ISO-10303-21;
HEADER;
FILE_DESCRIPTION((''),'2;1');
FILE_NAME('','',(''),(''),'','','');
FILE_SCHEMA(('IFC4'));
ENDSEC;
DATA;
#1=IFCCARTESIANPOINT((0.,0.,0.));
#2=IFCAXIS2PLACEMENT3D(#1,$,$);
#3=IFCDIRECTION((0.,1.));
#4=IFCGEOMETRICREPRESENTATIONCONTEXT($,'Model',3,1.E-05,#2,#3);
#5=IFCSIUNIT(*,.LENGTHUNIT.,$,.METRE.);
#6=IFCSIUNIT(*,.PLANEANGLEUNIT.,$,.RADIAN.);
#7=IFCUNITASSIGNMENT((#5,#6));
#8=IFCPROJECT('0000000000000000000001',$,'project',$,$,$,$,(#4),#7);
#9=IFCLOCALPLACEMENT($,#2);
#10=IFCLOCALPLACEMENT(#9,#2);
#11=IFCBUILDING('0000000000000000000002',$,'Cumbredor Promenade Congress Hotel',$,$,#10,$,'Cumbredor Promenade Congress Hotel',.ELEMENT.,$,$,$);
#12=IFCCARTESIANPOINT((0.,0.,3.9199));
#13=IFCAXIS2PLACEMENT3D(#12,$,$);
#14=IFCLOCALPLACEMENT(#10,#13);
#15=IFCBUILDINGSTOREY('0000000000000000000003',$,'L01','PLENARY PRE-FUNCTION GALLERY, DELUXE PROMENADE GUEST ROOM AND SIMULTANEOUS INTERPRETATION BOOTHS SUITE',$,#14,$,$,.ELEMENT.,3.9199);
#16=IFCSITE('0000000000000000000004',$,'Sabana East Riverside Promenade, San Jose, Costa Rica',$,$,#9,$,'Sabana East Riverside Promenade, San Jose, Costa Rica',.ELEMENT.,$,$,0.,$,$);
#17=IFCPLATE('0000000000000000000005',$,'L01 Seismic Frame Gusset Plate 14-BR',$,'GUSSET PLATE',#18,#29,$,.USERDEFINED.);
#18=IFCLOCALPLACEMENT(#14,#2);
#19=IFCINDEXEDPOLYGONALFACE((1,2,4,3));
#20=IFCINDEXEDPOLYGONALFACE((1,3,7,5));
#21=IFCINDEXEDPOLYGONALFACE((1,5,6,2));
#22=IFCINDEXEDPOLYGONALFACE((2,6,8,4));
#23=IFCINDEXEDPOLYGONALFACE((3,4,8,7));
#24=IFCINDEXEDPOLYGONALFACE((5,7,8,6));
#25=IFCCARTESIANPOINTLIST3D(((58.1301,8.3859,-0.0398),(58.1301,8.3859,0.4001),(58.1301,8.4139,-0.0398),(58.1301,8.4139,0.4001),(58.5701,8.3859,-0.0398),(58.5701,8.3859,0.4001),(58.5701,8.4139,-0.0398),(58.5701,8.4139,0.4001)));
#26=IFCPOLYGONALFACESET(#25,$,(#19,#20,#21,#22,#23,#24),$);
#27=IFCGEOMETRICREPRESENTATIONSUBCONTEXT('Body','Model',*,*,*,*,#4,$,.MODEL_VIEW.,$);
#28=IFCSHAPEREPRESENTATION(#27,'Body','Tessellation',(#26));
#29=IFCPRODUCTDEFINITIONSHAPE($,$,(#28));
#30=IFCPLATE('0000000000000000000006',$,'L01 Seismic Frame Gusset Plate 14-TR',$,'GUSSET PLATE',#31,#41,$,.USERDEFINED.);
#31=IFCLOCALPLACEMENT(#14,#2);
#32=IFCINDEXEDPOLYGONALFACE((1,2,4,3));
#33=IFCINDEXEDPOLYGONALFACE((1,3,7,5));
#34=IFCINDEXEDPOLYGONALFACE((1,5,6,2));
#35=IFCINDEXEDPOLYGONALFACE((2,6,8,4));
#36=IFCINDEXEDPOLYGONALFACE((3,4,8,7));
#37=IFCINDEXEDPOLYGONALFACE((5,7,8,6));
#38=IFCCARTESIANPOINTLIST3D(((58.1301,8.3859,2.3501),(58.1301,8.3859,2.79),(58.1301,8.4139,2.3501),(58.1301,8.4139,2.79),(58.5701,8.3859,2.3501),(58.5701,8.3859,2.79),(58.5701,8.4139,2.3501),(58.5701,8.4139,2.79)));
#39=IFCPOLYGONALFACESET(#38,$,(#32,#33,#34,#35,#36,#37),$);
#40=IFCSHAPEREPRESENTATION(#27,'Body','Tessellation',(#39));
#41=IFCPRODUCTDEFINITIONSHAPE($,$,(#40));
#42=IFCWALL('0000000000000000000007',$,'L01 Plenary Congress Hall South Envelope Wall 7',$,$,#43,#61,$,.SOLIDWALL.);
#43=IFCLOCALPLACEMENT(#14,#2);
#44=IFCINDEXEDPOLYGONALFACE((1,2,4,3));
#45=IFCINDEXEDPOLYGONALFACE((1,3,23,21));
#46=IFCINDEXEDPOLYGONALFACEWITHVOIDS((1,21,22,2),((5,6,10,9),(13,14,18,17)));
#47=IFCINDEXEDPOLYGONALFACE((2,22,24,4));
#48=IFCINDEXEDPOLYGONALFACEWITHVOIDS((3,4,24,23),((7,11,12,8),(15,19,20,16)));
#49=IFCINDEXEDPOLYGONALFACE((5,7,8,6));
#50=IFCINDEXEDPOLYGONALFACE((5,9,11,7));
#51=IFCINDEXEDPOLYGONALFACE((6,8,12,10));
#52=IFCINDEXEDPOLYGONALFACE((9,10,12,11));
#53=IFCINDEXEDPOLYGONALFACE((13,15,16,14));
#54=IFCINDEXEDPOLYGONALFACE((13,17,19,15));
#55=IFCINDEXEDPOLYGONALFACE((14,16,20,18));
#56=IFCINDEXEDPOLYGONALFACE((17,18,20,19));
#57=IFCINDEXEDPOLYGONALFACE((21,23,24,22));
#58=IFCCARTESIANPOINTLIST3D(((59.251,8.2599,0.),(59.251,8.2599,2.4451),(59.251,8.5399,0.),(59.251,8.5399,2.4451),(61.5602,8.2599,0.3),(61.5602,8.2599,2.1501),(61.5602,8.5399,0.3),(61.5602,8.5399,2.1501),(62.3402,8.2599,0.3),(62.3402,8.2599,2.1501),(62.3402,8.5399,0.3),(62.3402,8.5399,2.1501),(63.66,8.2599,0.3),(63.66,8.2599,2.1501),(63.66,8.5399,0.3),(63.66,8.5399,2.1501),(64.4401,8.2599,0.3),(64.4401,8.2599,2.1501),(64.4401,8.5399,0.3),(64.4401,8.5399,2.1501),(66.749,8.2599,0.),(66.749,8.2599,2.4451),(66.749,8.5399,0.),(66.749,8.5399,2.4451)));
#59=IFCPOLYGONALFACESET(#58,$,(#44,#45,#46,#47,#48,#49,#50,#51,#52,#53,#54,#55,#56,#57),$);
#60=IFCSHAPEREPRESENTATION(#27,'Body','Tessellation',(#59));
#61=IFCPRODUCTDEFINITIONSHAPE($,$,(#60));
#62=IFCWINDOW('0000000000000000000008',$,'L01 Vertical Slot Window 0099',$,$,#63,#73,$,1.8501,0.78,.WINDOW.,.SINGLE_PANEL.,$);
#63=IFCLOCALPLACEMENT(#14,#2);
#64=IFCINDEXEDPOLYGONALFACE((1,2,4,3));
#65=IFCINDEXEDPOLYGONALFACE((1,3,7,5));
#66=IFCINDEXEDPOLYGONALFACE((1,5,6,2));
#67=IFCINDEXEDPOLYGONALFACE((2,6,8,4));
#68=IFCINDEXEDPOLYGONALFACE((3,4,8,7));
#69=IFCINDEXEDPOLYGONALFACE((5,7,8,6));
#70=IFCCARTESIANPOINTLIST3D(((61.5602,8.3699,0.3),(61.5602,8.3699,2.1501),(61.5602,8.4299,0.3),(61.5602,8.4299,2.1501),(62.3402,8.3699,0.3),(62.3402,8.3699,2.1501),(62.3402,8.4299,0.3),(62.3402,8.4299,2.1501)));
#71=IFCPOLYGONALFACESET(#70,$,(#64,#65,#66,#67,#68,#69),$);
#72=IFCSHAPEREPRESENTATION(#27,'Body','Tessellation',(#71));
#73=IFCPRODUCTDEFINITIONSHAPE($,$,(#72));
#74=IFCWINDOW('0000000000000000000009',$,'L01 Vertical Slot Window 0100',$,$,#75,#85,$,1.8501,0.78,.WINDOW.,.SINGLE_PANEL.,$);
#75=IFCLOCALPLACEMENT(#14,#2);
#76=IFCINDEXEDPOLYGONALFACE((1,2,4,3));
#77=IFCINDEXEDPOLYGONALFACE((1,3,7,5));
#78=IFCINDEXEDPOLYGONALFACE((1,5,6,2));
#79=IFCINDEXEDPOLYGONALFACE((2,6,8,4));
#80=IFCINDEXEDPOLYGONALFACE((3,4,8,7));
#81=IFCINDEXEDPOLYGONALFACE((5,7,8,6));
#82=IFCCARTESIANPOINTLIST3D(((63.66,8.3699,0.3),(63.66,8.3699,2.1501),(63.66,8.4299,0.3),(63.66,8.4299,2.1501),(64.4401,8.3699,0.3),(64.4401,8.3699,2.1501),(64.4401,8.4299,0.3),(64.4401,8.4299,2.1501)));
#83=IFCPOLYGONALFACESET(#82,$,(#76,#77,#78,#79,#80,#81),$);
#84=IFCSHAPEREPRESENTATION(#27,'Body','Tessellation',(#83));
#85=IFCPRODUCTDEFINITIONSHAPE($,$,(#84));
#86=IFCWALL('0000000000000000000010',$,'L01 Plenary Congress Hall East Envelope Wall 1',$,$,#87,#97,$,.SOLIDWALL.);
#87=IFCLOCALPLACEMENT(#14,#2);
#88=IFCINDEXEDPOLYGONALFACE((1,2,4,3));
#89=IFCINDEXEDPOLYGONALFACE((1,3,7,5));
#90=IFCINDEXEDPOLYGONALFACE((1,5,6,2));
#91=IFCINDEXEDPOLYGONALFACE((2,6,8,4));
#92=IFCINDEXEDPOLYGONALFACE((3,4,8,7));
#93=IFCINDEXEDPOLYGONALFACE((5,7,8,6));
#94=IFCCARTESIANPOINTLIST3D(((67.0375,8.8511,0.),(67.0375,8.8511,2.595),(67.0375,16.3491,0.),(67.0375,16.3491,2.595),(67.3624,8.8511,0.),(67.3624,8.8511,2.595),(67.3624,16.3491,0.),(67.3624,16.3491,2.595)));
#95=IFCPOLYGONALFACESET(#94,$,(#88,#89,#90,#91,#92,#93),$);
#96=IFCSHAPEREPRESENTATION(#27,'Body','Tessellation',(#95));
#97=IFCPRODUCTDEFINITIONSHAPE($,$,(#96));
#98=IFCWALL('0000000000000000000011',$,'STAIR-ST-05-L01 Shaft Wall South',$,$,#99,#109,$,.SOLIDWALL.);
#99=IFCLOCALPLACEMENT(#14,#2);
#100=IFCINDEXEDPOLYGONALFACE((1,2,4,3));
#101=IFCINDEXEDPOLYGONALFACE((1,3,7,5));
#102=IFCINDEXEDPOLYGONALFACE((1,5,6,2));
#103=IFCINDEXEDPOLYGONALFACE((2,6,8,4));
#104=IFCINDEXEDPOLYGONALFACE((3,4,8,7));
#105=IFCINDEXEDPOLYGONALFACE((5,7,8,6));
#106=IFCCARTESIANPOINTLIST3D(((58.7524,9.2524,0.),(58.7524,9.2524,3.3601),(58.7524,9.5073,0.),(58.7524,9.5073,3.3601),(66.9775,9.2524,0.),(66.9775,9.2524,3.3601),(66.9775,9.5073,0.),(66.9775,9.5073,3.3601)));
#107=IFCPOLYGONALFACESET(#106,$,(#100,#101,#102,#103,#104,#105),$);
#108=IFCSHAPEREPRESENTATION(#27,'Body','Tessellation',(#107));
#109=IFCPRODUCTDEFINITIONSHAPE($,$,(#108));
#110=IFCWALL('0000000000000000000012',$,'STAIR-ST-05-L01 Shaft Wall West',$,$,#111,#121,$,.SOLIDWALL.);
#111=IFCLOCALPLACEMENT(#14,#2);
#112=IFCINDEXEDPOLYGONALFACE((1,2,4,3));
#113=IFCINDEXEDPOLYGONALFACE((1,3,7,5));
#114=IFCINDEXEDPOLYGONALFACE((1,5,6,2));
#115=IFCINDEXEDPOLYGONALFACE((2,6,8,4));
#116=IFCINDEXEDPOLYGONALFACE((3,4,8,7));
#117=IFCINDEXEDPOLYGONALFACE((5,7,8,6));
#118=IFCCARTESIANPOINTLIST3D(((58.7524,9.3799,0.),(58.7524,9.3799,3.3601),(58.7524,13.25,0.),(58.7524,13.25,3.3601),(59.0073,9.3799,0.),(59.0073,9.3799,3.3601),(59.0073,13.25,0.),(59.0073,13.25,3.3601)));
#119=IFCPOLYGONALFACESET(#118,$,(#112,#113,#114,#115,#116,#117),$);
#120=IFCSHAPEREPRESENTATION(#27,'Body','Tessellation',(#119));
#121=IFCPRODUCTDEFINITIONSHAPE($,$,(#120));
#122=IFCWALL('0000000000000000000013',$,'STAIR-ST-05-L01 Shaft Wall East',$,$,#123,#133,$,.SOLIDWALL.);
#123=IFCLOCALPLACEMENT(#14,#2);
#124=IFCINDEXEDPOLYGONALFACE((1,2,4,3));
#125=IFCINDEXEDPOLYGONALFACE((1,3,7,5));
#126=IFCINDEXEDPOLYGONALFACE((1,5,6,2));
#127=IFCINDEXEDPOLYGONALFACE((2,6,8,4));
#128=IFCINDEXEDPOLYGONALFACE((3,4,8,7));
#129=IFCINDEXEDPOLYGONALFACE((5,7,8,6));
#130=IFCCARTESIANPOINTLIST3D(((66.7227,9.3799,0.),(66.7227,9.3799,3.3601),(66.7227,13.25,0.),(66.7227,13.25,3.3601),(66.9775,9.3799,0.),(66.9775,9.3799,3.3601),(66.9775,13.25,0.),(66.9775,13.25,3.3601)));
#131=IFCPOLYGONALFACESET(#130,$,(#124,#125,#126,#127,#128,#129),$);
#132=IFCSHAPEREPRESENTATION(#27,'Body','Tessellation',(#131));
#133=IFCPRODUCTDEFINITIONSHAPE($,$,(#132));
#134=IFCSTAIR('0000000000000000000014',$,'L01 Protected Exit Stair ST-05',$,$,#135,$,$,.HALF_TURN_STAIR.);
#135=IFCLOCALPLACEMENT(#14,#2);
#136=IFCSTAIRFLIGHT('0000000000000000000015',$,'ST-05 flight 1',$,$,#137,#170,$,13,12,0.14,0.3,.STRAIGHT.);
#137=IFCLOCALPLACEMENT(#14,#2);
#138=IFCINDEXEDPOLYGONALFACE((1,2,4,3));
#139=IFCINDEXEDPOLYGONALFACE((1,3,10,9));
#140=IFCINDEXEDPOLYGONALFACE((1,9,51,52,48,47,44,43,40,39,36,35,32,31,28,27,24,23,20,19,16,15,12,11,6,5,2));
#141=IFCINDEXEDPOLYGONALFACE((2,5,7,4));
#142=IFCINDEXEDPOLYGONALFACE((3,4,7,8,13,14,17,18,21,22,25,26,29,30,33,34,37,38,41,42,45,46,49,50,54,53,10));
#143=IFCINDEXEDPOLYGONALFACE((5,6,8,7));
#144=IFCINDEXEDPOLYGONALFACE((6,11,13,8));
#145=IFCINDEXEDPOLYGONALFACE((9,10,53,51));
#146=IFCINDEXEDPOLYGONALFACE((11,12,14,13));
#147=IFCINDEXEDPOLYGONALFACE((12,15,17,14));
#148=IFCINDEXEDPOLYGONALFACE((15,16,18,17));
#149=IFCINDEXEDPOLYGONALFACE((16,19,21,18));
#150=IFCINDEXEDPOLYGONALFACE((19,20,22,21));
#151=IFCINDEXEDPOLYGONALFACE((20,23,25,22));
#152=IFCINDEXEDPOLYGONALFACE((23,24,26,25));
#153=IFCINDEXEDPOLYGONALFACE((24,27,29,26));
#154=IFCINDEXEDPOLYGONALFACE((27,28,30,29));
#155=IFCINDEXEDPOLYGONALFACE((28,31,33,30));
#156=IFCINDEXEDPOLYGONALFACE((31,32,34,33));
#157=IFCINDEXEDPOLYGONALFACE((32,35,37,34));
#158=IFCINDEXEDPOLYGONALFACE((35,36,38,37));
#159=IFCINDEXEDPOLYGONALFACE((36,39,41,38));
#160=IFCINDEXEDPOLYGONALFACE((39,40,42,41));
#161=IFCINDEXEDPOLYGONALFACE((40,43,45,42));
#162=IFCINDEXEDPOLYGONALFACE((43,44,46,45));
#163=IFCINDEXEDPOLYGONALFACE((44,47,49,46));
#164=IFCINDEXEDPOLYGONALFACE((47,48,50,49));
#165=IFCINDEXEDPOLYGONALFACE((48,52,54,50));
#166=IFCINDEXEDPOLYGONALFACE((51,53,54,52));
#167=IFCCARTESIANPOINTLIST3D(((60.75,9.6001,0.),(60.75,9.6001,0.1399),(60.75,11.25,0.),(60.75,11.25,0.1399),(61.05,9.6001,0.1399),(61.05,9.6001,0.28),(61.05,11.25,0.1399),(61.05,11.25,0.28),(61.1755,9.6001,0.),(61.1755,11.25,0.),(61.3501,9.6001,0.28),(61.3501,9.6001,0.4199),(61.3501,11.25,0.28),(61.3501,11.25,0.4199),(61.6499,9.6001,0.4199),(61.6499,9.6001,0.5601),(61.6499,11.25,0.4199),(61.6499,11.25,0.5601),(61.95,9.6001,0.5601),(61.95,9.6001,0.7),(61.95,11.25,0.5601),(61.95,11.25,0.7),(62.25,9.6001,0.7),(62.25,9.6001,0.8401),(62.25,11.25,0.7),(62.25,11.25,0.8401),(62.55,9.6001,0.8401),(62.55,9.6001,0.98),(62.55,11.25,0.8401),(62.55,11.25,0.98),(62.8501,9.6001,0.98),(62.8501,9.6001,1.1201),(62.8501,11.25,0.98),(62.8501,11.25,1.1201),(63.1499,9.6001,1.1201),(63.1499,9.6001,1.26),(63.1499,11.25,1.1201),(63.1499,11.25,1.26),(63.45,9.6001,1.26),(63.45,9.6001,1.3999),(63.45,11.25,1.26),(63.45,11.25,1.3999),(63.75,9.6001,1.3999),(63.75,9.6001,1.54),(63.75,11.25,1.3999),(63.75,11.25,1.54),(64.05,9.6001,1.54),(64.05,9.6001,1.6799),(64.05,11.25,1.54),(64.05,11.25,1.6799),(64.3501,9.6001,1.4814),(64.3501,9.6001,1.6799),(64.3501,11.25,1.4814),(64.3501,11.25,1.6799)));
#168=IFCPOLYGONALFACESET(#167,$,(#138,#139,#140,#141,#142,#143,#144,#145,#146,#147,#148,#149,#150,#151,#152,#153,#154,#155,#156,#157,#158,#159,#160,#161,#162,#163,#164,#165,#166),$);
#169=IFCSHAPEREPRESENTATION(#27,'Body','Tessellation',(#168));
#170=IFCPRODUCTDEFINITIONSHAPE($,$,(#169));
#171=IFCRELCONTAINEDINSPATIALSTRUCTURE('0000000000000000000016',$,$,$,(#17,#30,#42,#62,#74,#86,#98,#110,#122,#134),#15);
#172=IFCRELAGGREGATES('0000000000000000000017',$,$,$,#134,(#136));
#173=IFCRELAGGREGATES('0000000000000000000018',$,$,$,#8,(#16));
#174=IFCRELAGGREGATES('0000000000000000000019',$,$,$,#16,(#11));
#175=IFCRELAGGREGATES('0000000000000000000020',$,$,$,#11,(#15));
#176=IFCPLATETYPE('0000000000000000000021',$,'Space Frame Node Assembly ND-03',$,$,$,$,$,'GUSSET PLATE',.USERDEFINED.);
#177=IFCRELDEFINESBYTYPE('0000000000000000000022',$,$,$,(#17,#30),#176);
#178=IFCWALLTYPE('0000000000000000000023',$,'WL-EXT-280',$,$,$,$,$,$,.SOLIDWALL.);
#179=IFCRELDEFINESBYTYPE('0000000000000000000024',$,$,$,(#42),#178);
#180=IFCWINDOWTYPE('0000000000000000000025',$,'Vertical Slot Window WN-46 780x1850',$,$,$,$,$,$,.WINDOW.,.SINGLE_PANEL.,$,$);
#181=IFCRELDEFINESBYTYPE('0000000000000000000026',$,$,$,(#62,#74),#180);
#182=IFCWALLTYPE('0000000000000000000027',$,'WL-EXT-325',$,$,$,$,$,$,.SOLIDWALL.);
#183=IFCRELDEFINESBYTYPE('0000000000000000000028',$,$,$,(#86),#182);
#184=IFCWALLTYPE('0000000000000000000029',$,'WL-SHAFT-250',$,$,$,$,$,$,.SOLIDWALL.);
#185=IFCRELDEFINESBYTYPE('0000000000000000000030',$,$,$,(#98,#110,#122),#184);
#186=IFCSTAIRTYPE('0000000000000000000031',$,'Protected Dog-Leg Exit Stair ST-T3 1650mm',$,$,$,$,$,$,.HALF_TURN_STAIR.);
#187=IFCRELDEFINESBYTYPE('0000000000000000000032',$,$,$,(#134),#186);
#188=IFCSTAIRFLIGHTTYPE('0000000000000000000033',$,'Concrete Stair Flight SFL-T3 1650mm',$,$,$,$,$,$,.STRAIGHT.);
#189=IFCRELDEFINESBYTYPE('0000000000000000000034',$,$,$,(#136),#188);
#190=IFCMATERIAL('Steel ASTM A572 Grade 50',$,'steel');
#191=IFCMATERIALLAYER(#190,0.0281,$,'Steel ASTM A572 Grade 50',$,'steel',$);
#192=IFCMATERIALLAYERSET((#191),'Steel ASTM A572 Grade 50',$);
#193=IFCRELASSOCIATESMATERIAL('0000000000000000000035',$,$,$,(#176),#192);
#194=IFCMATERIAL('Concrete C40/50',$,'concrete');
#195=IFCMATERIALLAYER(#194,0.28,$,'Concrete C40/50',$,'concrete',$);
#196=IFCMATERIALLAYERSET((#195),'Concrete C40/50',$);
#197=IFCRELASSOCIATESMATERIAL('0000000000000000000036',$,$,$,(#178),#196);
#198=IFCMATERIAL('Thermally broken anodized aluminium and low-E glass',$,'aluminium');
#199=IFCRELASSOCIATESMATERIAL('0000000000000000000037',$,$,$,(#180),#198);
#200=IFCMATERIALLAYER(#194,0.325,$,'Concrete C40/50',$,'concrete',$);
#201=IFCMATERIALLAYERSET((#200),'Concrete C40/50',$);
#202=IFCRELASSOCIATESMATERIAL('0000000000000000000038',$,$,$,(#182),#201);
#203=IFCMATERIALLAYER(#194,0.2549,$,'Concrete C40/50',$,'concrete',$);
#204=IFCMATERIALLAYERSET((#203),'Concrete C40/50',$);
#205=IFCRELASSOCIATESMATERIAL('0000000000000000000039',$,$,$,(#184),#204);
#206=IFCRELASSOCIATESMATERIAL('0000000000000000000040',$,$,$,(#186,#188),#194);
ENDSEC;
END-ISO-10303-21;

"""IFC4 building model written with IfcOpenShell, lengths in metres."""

from ifc_helpers import new_model, si_unit, direction, frame, frame_2d, origin, origin_2d, place, context, subcontext, project, spatial, polyline, rectangle, outline, extrude, material, layer, layer_set, type_object, element, fill, aggregate, save


model = new_model("IFC4")

# Units and contexts
model_context = context("Model", 3, precision=1e-05, world=origin(), true_north=direction((0.0, 1.0)))
body_context = subcontext(model_context, "Body", "Model", "MODEL_VIEW")
ifc_project = project(units=[si_unit("LENGTHUNIT", "METRE"), si_unit("PLANEANGLEUNIT", "RADIAN")], contexts=[model_context])

# Site, building, storey
site_placement = place(None, origin())
site = spatial("IfcSite", under=ifc_project, at=site_placement, Name="Sabana East Riverside Promenade, San Jose, Costa Rica", LongName="Sabana East Riverside Promenade, San Jose, Costa Rica", CompositionType="ELEMENT", RefElevation=0.0)
building_placement = place(site_placement, origin())
building = spatial("IfcBuilding", under=site, at=building_placement, Name="Cumbredor Promenade Congress Hotel", LongName="Cumbredor Promenade Congress Hotel", CompositionType="ELEMENT")
storey_placement = place(building_placement, frame((0.0, 0.0, 3.9199)))
storey = spatial("IfcBuildingStorey", under=building, at=storey_placement, Name="L01", Description="PLENARY PRE-FUNCTION GALLERY, DELUXE PROMENADE GUEST ROOM AND SIMULTANEOUS INTERPRETATION BOOTHS SUITE", CompositionType="ELEMENT", Elevation=3.9199)

# Shared definitions
ifc_material_1 = material(Name="Concrete C40/50", Category="concrete")

# Shared definitions
ifc_material_2 = material(Name="Thermally broken anodized aluminium and low-E glass", Category="aluminium")

# Plates
ifc_material_3 = material(Name="Steel ASTM A572 Grade 50", Category="steel")
ifc_layer_1 = layer(ifc_material_3, 0.0281, Name="Steel ASTM A572 Grade 50", Category="steel")
ifc_layer_set_1 = layer_set([ifc_layer_1], Name="Steel ASTM A572 Grade 50")
plate_type_1 = type_object("IfcPlateType", Name="Space Frame Node Assembly ND-03", ElementType="GUSSET PLATE", PredefinedType="USERDEFINED", material=ifc_layer_set_1)
for number, where, z_axis, x_axis, name in (
    (1, (58.3501, 8.3999, -0.0398), (0.0, 0.0, 1.0), (1.0, 0.0, 0.0), "L01 Seismic Frame Gusset Plate 14-BR"),
    (2, (58.3501, 8.3999, 2.3501), (0.0, 0.0, 1.0), (1.0, 0.0, 0.0), "L01 Seismic Frame Gusset Plate 14-TR"),
):
    element("IfcPlate", number, at=place(storey_placement, frame(where, z_axis=z_axis, x_axis=x_axis)), inside=storey, type_object=plate_type_1, Name=name, ObjectType="GUSSET PLATE", PredefinedType="USERDEFINED", context=body_context, shape_type="SweptSolid", body=[
        extrude(rectangle(XDim=0.4399, YDim=0.0281, at=origin_2d()), origin(), (0.0, 0.0, 1.0), 0.4399),
    ])

# Wall, openings, windows
ifc_layer_2 = layer(ifc_material_1, 0.28, Name="Concrete C40/50", Category="concrete")
ifc_layer_set_2 = layer_set([ifc_layer_2], Name="Concrete C40/50")
wall_type_1 = type_object("IfcWallType", Name="WL-EXT-280", PredefinedType="SOLIDWALL", material=ifc_layer_set_2)
wall_1_placement = place(storey_placement, frame((59.251, 8.3999, 0.0), z_axis=(0.0, 0.0, 1.0), x_axis=(1.0, 0.0, 0.0)))
wall_1 = element("IfcWall", 3, at=wall_1_placement, inside=storey, type_object=wall_type_1, Name="L01 Plenary Congress Hall South Envelope Wall 7", PredefinedType="SOLIDWALL", context=body_context, shape_type="SweptSolid", body=[
    extrude(rectangle(XDim=7.498, YDim=0.28, at=frame_2d((3.749, 0.0))), origin(), (0.0, 0.0, 1.0), 2.4451),
])
opening_1_placement = place(wall_1_placement, frame((2.3091, 0.0, 0.3)))
opening_1 = element("IfcOpeningElement", 4, at=opening_1_placement, cuts=wall_1, PredefinedType="OPENING", context=body_context, shape_type="SweptSolid", body=[
    extrude(rectangle(XDim=0.78, YDim=1.8501, at=frame_2d((0.3901, 0.925))), frame((0.0, 0.1499, 0.0), z_axis=(0.0, -1.0, 0.0), x_axis=(1.0, 0.0, 0.0)), (0.0, 0.0, 1.0), 0.3),
])
opening_2_placement = place(wall_1_placement, frame((4.4089, 0.0, 0.3)))
opening_2 = element("IfcOpeningElement", 5, at=opening_2_placement, cuts=wall_1, PredefinedType="OPENING", context=body_context, shape_type="SweptSolid", body=[
    extrude(rectangle(XDim=0.78, YDim=1.8501, at=frame_2d((0.3901, 0.925))), frame((0.0, 0.1499, 0.0), z_axis=(0.0, -1.0, 0.0), x_axis=(1.0, 0.0, 0.0)), (0.0, 0.0, 1.0), 0.3),
])
window_type = type_object("IfcWindowType", Name="Vertical Slot Window WN-46 780x1850", PartitioningType="SINGLE_PANEL", PredefinedType="WINDOW", material=ifc_material_2)
window_1_placement = place(opening_1_placement, origin())
window_1 = element("IfcWindow", 6, at=window_1_placement, inside=storey, type_object=window_type, Name="L01 Vertical Slot Window 0099", OverallHeight=1.8501, OverallWidth=0.78, PartitioningType="SINGLE_PANEL", PredefinedType="WINDOW", context=body_context, shape_type="SweptSolid", body=[
    extrude(rectangle(XDim=0.78, YDim=1.8501, at=frame_2d((0.3901, 0.925))), frame((0.0, 0.03, 0.0), z_axis=(0.0, -1.0, 0.0), x_axis=(1.0, 0.0, 0.0)), (0.0, 0.0, 1.0), 0.0601),
])
fill(opening_1, window_1)
window_2_placement = place(opening_2_placement, origin())
window_2 = element("IfcWindow", 7, at=window_2_placement, inside=storey, type_object=window_type, Name="L01 Vertical Slot Window 0100", OverallHeight=1.8501, OverallWidth=0.78, PartitioningType="SINGLE_PANEL", PredefinedType="WINDOW", context=body_context, shape_type="SweptSolid", body=[
    extrude(rectangle(XDim=0.78, YDim=1.8501, at=frame_2d((0.3901, 0.925))), frame((0.0, 0.03, 0.0), z_axis=(0.0, -1.0, 0.0), x_axis=(1.0, 0.0, 0.0)), (0.0, 0.0, 1.0), 0.0601),
])
fill(opening_2, window_2)

# Walls
ifc_layer_3 = layer(ifc_material_1, 0.325, Name="Concrete C40/50", Category="concrete")
ifc_layer_set_3 = layer_set([ifc_layer_3], Name="Concrete C40/50")
wall_type_2 = type_object("IfcWallType", Name="WL-EXT-325", PredefinedType="SOLIDWALL", material=ifc_layer_set_3)
wall_2_placement = place(storey_placement, frame((67.2, 8.8511, 0.0), z_axis=(0.0, 0.0, 1.0), x_axis=(0.0, 1.0, 0.0)))
element("IfcWall", 8, at=wall_2_placement, inside=storey, type_object=wall_type_2, Name="L01 Plenary Congress Hall East Envelope Wall 1", PredefinedType="SOLIDWALL", context=body_context, shape_type="SweptSolid", body=[
    extrude(rectangle(XDim=7.498, YDim=0.325, at=frame_2d((3.749, 0.0))), origin(), (0.0, 0.0, 1.0), 2.595),
])
ifc_layer_4 = layer(ifc_material_1, 0.2549, Name="Concrete C40/50", Category="concrete")
ifc_layer_set_4 = layer_set([ifc_layer_4], Name="Concrete C40/50")
wall_type_3 = type_object("IfcWallType", Name="WL-SHAFT-250", PredefinedType="SOLIDWALL", material=ifc_layer_set_4)
wall_3_placement = place(storey_placement, frame((58.7524, 9.3799, 0.0), z_axis=(0.0, 0.0, 1.0), x_axis=(1.0, 0.0, 0.0)))
element("IfcWall", 9, at=wall_3_placement, inside=storey, type_object=wall_type_3, Name="STAIR-ST-05-L01 Shaft Wall South", PredefinedType="SOLIDWALL", context=body_context, shape_type="SweptSolid", body=[
    extrude(rectangle(XDim=8.2251, YDim=0.2549, at=frame_2d((4.1125, 0.0))), origin(), (0.0, 0.0, 1.0), 3.3601),
])
for number, where, z_axis, x_axis, name in (
    (10, (58.8799, 9.3799, 0.0), (0.0, 0.0, 1.0), (0.0, 1.0, 0.0), "STAIR-ST-05-L01 Shaft Wall West"),
    (11, (66.8501, 9.3799, 0.0), (0.0, 0.0, 1.0), (0.0, 1.0, 0.0), "STAIR-ST-05-L01 Shaft Wall East"),
):
    element("IfcWall", number, at=place(storey_placement, frame(where, z_axis=z_axis, x_axis=x_axis)), inside=storey, type_object=wall_type_3, Name=name, PredefinedType="SOLIDWALL", context=body_context, shape_type="SweptSolid", body=[
        extrude(rectangle(XDim=3.8701, YDim=0.2549, at=frame_2d((1.9351, 0.0))), origin(), (0.0, 0.0, 1.0), 3.3601),
    ])

# Stair, stair flight
stair_type = type_object("IfcStairType", Name="Protected Dog-Leg Exit Stair ST-T3 1650mm", PredefinedType="HALF_TURN_STAIR", material=ifc_material_1)
stair_placement = place(storey_placement, origin())
stair = element("IfcStair", 12, at=stair_placement, inside=storey, type_object=stair_type, Name="L01 Protected Exit Stair ST-05", PredefinedType="HALF_TURN_STAIR")
stair_flight_type = type_object("IfcStairFlightType", Name="Concrete Stair Flight SFL-T3 1650mm", PredefinedType="STRAIGHT", material=ifc_material_1)
stair_flight_placement = place(storey_placement, frame((60.75, 10.425, 0.0), z_axis=(0.0, 0.0, 1.0), x_axis=(1.0, 0.0, 0.0)))
stair_flight = element("IfcStairFlight", 13, at=stair_flight_placement, type_object=stair_flight_type, Name="ST-05 flight 1", NumberOfRisers=13, NumberOfTreads=12, PredefinedType="STRAIGHT", RiserHeight=0.14, TreadLength=0.3, context=body_context, shape_type="SweptSolid", body=[
    extrude(outline(polyline([(0.0, 0.0), (0.0, 0.1399), (0.3, 0.1399), (0.3, 0.28), (0.6001, 0.28), (0.6001, 0.4199), (0.8999, 0.4199), (0.8999, 0.5601), (1.2, 0.5601), (1.2, 0.7), (1.5, 0.7), (1.5, 0.8401), (1.8, 0.8401), (1.8, 0.98), (2.1001, 0.98), (2.1001, 1.1201), (2.3999, 1.1201), (2.3999, 1.26), (2.7, 1.26), (2.7, 1.3999), (3.0, 1.3999), (3.0, 1.54), (3.3, 1.54), (3.3, 1.6799), (3.6001, 1.6799), (3.6001, 1.8201), (3.6001, 1.4814), (0.4255, 0.0), (0.0, 0.0)])), frame((0.0, 0.825, 0.0), z_axis=(0.0, -1.0, 0.0), x_axis=(1.0, 0.0, 0.0)), (0.0, 0.0, 1.0), 1.6499),
])
aggregate(stair, [stair_flight])

save(model, "model.ifc")
